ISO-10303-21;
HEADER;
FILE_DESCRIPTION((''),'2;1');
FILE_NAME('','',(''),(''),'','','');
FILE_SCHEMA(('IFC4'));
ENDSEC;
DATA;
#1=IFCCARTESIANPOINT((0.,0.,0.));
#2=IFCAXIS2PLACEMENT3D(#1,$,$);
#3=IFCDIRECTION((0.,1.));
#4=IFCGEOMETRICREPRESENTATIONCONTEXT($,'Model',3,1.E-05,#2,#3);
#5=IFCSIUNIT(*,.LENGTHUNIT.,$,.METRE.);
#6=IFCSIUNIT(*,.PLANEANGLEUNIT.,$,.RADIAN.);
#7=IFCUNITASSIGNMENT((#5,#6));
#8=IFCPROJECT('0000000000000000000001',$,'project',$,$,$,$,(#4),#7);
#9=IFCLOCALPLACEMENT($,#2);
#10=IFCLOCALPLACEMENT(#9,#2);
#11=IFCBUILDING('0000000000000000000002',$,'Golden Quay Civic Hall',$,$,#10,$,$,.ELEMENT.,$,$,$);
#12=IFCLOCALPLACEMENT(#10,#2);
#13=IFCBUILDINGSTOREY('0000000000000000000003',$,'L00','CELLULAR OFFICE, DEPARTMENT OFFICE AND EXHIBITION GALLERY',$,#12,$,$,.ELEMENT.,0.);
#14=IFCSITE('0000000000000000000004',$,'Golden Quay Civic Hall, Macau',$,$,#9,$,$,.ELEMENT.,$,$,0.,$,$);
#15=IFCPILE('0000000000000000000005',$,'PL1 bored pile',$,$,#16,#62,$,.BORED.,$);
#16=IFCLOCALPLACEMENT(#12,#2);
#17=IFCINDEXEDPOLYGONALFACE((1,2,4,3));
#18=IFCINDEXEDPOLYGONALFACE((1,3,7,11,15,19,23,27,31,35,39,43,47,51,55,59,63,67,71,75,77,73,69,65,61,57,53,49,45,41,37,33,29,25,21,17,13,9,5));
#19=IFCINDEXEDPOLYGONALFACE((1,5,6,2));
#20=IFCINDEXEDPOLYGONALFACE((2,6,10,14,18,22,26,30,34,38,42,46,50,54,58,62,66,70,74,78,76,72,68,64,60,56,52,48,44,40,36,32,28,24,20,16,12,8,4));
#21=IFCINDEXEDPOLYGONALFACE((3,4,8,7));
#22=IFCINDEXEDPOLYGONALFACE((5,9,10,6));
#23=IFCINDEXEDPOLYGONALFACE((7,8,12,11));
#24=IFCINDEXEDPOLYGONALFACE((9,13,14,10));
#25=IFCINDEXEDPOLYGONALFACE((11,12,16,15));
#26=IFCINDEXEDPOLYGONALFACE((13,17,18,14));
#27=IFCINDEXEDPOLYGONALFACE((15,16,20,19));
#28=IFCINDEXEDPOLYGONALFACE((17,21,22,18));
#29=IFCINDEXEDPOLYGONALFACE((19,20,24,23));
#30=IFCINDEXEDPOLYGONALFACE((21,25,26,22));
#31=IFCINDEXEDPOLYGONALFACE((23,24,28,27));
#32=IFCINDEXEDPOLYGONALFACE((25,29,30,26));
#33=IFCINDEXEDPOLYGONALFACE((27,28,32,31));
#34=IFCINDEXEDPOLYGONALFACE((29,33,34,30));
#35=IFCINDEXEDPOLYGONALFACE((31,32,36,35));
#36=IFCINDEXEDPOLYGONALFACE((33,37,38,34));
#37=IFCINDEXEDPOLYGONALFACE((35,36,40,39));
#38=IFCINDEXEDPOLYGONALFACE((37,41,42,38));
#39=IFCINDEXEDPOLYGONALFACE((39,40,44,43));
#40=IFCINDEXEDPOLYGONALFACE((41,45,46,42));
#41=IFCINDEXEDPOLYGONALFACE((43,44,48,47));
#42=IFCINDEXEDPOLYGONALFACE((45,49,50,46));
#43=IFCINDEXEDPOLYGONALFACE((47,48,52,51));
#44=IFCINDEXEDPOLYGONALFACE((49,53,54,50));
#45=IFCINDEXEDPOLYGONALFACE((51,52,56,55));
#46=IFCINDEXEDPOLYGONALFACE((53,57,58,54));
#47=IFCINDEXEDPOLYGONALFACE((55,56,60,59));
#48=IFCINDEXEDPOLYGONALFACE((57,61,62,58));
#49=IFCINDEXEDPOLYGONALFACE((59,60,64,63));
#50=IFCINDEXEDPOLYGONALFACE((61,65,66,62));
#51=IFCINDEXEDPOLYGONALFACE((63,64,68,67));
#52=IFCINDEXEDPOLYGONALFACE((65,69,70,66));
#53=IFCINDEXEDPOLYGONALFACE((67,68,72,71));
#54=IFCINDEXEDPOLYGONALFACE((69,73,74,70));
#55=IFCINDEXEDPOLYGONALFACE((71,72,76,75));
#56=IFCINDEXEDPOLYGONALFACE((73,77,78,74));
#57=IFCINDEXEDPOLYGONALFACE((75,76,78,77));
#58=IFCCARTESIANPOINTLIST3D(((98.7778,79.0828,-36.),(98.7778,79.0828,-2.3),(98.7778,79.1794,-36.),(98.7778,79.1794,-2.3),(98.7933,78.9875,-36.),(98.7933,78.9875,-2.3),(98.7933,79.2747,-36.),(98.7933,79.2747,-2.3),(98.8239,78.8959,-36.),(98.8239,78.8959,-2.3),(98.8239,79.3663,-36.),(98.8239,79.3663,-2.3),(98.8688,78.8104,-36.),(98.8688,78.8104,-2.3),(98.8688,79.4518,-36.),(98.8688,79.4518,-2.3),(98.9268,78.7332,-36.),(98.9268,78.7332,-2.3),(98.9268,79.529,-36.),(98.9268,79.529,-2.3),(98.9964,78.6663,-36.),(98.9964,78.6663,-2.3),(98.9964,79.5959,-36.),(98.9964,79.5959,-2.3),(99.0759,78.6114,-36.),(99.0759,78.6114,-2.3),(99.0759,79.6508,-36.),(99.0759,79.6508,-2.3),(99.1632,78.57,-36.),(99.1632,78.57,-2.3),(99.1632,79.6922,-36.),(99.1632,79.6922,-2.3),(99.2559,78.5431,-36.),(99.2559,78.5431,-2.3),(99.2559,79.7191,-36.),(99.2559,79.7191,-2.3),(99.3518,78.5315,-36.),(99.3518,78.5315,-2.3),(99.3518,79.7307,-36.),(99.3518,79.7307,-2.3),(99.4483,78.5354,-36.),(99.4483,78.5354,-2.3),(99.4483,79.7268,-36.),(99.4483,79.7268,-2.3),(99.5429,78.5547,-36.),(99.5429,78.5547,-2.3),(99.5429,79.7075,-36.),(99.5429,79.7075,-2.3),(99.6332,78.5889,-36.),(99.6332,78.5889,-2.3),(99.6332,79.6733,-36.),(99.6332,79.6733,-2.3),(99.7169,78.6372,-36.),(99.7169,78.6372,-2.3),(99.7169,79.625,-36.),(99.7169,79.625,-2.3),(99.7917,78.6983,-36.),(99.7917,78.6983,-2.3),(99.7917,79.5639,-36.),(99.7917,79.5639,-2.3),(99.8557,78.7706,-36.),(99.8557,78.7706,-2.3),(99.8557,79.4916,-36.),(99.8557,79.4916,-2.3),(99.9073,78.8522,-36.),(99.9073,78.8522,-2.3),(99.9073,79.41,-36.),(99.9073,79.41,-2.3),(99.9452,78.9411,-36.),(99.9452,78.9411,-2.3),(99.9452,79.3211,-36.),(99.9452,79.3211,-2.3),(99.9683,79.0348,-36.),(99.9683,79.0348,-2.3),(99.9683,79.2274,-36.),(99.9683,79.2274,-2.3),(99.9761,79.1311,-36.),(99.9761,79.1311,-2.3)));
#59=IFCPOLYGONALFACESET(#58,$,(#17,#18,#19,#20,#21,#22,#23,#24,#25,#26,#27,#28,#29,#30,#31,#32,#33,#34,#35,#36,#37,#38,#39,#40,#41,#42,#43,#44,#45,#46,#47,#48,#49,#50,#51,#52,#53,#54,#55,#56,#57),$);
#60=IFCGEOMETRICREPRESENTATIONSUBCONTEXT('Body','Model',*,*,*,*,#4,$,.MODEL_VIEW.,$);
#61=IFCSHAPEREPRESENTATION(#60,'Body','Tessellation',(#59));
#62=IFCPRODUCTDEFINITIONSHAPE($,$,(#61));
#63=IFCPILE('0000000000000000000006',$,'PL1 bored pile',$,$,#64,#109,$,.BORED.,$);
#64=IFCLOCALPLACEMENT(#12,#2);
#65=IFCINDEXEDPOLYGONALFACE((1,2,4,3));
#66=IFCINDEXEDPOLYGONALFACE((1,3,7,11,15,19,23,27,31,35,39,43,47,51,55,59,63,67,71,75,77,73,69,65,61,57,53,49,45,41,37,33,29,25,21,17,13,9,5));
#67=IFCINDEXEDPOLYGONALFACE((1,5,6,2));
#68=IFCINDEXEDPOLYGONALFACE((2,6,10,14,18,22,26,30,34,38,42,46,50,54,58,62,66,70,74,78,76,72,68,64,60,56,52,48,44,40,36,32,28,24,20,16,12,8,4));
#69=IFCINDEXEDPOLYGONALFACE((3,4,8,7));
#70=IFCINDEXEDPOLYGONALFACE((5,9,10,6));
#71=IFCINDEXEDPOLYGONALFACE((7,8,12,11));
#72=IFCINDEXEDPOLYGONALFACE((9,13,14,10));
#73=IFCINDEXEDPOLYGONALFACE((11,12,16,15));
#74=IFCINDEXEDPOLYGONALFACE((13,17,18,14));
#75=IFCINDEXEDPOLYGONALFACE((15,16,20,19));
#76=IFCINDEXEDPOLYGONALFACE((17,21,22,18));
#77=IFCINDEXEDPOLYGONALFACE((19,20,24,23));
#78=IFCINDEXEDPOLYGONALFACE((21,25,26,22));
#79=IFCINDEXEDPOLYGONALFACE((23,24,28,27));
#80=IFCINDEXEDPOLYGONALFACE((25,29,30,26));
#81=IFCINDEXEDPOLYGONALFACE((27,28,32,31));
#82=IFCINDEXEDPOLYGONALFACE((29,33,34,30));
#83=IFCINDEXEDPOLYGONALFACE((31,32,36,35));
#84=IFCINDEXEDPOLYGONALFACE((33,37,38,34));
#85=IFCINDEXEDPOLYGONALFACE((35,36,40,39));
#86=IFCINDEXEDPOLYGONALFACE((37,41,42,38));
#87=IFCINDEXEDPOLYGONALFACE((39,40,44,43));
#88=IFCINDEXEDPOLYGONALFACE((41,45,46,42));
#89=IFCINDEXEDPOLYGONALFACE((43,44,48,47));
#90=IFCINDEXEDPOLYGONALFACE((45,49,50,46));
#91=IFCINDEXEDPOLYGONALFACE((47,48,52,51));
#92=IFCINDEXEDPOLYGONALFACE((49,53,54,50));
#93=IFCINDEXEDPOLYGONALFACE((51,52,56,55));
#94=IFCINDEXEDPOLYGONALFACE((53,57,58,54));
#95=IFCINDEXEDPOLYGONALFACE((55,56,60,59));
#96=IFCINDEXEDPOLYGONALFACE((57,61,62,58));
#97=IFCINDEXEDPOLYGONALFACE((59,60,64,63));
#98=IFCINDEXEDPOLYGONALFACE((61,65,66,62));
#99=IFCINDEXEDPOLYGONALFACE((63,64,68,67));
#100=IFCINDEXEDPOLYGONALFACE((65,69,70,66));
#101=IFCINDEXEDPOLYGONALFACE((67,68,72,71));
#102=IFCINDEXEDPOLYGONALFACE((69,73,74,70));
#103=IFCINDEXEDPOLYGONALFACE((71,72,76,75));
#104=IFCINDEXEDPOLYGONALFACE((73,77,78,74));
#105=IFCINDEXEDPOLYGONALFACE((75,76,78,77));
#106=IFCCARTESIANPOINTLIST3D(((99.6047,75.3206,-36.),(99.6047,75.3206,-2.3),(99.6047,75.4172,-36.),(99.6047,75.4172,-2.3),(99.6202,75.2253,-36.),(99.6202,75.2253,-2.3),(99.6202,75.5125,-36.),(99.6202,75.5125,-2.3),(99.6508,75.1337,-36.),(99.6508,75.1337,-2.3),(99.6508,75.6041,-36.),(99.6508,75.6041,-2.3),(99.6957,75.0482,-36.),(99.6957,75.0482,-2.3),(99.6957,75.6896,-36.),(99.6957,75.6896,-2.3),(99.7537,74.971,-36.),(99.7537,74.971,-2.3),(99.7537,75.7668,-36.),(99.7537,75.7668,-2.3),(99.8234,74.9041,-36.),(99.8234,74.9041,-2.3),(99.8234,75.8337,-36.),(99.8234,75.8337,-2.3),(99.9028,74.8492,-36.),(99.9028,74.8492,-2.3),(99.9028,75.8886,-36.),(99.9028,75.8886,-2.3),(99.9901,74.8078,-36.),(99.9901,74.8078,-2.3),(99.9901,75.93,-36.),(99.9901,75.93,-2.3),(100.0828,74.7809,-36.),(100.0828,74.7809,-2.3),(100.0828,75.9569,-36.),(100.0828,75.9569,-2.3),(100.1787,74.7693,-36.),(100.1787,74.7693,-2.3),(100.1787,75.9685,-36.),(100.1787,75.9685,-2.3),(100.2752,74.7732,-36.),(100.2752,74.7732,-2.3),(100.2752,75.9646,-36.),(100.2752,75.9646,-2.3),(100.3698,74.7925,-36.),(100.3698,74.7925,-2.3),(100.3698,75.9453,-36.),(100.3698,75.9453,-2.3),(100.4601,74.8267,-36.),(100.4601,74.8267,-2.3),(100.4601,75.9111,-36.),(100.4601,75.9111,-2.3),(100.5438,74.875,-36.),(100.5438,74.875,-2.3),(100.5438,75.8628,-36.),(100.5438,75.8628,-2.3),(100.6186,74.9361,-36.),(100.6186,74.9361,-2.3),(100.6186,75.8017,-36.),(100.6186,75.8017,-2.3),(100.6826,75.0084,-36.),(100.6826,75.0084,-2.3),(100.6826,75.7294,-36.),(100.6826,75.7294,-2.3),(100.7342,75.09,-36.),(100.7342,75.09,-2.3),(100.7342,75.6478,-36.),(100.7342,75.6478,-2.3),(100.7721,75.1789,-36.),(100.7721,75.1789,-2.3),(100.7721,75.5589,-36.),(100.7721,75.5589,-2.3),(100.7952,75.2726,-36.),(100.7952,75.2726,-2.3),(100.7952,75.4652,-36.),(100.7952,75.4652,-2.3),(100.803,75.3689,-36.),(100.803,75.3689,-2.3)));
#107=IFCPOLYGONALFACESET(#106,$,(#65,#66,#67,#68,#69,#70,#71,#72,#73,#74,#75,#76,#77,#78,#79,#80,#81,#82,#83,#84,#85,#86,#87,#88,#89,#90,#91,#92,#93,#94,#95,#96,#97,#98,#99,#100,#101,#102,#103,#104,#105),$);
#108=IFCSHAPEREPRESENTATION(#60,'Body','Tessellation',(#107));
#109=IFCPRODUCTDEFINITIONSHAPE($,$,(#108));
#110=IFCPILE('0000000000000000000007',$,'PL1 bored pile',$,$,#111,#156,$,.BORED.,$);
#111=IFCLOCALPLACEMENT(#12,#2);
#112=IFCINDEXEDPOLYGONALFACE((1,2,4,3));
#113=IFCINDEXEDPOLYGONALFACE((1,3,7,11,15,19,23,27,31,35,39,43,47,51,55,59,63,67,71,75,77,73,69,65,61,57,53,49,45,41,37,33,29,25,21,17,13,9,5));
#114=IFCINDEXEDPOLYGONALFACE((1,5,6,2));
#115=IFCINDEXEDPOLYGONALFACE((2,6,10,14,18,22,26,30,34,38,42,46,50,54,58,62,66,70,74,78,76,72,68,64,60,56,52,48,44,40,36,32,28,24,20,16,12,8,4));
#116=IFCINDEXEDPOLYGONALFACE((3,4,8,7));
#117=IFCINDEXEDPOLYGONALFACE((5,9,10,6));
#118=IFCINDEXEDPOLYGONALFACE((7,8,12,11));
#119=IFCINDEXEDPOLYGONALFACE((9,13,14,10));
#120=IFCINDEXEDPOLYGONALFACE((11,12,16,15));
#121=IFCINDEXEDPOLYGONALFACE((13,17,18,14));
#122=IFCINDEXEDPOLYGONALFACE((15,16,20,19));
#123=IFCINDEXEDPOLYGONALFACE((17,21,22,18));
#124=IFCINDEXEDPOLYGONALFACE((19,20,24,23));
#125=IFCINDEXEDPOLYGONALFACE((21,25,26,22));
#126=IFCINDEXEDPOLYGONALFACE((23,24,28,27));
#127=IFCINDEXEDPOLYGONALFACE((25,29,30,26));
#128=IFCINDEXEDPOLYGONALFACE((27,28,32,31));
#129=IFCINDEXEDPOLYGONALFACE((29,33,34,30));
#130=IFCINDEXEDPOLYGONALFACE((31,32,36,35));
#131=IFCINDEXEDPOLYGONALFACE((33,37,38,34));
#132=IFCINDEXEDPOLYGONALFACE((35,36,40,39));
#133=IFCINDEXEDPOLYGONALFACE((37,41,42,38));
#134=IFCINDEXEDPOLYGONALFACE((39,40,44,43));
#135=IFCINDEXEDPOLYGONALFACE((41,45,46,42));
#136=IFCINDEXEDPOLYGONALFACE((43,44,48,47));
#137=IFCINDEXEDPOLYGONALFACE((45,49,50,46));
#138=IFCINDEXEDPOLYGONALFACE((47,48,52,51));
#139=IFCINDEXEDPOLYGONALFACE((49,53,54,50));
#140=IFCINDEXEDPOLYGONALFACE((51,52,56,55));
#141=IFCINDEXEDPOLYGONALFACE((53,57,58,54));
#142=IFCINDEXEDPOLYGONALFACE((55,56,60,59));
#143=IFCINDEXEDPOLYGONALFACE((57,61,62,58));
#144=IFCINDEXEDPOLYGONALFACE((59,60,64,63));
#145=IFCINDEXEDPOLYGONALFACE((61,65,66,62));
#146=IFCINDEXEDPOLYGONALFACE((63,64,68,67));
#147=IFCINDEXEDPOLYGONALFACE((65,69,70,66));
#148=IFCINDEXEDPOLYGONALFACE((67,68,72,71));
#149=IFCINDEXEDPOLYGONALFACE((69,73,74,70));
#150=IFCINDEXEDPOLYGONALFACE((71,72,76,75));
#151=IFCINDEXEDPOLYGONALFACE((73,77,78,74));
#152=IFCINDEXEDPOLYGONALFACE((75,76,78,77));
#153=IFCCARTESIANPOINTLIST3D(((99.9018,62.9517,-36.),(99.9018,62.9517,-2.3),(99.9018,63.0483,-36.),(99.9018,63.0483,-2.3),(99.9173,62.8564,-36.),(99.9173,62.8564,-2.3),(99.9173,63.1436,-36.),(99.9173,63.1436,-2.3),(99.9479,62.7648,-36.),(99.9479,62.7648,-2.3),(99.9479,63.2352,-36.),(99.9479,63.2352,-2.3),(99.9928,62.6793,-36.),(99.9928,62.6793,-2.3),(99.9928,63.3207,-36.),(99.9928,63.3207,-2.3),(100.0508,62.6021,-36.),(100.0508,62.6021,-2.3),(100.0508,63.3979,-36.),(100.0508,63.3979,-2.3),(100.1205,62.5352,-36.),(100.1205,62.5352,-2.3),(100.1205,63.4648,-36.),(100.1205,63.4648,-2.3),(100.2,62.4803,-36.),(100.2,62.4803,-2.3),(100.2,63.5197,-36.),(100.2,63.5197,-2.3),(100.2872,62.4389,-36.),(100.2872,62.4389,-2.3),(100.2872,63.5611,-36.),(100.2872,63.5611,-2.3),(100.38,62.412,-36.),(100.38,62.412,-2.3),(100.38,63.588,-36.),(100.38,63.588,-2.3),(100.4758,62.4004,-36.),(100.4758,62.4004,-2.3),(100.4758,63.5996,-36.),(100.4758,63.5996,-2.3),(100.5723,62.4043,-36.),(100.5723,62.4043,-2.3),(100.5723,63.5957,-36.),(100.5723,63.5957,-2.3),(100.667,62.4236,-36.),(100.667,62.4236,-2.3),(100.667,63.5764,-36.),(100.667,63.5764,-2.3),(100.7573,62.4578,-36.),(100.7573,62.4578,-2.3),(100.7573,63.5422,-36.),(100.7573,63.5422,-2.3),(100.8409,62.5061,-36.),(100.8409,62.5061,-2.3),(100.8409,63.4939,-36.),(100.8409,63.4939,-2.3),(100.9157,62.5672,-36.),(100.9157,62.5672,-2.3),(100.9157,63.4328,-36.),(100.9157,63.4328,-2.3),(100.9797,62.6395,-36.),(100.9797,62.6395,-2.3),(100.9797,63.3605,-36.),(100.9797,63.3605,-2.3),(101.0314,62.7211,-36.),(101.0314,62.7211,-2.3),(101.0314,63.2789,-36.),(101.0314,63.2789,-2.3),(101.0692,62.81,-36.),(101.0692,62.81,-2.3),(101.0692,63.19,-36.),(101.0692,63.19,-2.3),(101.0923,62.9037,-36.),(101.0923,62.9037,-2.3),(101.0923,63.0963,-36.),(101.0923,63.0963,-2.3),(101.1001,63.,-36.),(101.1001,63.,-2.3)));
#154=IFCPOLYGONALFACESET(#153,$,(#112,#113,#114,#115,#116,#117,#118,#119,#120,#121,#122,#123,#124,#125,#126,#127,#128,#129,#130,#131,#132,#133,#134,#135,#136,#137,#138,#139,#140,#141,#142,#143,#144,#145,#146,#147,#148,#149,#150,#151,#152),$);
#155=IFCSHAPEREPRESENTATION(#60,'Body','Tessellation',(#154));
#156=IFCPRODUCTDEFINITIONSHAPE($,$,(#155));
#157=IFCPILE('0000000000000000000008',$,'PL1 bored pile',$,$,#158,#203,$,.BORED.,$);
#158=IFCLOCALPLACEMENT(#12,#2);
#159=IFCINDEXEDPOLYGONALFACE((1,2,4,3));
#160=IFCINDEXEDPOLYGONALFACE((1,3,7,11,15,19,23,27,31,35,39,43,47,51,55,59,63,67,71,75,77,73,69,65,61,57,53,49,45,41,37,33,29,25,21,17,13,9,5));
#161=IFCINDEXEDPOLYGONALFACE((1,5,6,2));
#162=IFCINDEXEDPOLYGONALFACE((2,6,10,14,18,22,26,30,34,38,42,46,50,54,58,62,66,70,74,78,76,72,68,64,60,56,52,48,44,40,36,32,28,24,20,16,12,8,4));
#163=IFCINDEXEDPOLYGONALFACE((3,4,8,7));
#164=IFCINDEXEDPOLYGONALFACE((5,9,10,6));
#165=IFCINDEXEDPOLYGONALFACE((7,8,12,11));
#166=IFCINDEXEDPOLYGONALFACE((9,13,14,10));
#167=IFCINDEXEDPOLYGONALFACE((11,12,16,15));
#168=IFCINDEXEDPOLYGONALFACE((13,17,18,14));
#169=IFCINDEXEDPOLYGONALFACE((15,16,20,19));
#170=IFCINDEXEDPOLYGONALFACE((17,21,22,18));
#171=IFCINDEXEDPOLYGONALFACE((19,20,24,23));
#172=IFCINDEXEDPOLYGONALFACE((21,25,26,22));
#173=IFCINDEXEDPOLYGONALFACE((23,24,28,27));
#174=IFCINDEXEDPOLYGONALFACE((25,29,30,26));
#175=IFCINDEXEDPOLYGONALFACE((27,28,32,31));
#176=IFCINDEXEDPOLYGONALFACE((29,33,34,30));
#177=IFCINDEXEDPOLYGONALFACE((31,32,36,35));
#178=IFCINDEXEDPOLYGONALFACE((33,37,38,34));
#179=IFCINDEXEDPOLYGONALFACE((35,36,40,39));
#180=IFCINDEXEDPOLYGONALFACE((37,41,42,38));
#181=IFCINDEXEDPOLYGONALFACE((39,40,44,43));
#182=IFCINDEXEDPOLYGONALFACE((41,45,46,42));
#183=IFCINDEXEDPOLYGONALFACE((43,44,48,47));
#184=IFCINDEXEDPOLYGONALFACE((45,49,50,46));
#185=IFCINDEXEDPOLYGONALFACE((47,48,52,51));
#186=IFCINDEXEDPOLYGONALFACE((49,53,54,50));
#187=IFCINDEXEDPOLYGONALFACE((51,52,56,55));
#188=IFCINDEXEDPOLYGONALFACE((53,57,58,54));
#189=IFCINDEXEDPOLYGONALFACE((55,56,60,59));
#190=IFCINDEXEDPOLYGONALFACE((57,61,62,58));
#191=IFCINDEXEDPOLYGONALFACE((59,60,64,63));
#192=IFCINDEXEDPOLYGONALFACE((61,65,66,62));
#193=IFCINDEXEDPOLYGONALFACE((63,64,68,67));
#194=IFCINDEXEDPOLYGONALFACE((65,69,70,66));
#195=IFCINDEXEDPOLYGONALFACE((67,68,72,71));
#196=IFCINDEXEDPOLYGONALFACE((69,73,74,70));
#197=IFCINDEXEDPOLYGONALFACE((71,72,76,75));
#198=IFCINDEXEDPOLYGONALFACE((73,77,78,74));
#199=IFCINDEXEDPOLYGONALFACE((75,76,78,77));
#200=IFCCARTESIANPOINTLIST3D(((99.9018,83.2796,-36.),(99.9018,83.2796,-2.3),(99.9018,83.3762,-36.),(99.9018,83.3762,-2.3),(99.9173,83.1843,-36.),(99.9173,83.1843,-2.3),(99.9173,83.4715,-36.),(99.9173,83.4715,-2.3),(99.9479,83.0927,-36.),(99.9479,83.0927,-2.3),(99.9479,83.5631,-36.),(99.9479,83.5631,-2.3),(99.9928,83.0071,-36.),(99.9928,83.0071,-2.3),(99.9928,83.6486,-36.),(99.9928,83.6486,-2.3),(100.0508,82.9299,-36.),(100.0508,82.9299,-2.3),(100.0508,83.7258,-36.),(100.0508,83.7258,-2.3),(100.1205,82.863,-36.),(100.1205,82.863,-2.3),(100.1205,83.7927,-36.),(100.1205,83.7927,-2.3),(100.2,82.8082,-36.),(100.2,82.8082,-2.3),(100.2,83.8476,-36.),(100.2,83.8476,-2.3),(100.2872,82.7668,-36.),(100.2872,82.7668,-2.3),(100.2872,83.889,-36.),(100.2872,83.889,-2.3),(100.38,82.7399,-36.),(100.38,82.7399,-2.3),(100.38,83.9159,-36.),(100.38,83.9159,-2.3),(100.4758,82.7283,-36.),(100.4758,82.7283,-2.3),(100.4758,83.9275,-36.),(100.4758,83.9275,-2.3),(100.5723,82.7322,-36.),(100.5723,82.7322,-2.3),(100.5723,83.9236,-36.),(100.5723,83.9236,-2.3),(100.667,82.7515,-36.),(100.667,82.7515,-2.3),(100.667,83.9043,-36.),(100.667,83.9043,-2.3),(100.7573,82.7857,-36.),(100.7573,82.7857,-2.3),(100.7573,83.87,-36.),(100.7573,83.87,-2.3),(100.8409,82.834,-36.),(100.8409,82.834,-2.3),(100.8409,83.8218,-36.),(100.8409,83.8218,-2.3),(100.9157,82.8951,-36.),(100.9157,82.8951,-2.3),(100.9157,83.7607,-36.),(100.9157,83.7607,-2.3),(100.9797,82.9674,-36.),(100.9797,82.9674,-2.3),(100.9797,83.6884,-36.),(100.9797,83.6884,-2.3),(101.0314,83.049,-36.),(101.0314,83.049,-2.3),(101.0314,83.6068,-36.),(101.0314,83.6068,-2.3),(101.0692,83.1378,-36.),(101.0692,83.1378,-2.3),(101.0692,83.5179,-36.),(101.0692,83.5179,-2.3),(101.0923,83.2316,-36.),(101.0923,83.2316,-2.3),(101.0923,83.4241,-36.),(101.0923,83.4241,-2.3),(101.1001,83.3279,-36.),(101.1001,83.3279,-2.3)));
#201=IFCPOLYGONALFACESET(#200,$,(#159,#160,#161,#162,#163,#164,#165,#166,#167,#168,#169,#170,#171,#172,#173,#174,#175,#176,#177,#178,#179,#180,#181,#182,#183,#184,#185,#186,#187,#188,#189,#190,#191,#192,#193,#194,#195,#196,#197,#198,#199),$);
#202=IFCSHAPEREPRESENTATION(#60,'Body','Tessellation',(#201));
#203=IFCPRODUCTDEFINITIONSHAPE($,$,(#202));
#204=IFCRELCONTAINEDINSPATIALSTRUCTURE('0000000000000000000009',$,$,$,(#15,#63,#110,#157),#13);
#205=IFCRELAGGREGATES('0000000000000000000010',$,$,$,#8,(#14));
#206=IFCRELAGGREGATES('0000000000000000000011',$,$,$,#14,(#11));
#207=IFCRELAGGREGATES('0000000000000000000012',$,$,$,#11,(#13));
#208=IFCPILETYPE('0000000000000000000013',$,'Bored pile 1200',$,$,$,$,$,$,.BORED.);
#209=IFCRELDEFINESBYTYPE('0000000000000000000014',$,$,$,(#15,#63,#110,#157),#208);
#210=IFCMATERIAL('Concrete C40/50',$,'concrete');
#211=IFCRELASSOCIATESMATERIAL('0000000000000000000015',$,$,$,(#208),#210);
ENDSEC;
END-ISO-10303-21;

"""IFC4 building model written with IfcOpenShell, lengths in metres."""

from ifc_helpers import new_model, si_unit, direction, frame, origin, origin_2d, place, context, subcontext, project, spatial, circle, extrude, material, material_profile, profile_set, type_object, element, save


model = new_model("IFC4")

# Units and contexts
model_context = context("Model", 3, precision=1e-05, world=origin(), true_north=direction((0.0, 1.0)))
body_context = subcontext(model_context, "Body", "Model", "MODEL_VIEW")
ifc_project = project(units=[si_unit("LENGTHUNIT", "METRE"), si_unit("PLANEANGLEUNIT", "RADIAN")], contexts=[model_context])

# Site, building, storey
site_placement = place(None, origin())
site = spatial("IfcSite", under=ifc_project, at=site_placement, Name="Golden Quay Civic Hall, Macau", CompositionType="ELEMENT", RefElevation=0.0)
building_placement = place(site_placement, origin())
building = spatial("IfcBuilding", under=site, at=building_placement, Name="Golden Quay Civic Hall", CompositionType="ELEMENT")
storey_placement = place(building_placement, origin())
storey = spatial("IfcBuildingStorey", under=building, at=storey_placement, Name="L00", Description="CELLULAR OFFICE, DEPARTMENT OFFICE AND EXHIBITION GALLERY", CompositionType="ELEMENT", Elevation=0.0)

# Piles
ifc_material_1 = material(Name="Concrete C40/50", Category="concrete")
ifc_material_profile_1 = material_profile(ifc_material_1, circle(Radius=0.6001, at=origin_2d()), Name="RC D1200")
ifc_profile_set_1 = profile_set([ifc_material_profile_1], Name="Concrete C40/50")
pile_type_1 = type_object("IfcPileType", Name="Bored pile 1200", PredefinedType="BORED", material=ifc_profile_set_1)
for number, where, z_axis, x_axis, name in (
    (1, (99.376, 79.1311, -2.3), (0.0, 0.0, -1.0), (1.0, 0.0, 0.0), "PL1 bored pile"),
    (2, (100.2029, 75.3689, -2.3), (0.0, 0.0, -1.0), (1.0, 0.0, 0.0), "PL1 bored pile"),
    (3, (100.5, 63.0, -2.3), (0.0, 0.0, -1.0), (1.0, 0.0, 0.0), "PL1 bored pile"),
    (4, (100.5, 83.3279, -2.3), (0.0, 0.0, -1.0), (1.0, 0.0, 0.0), "PL1 bored pile"),
):
    element("IfcPile", number, at=place(storey_placement, frame(where, z_axis=z_axis, x_axis=x_axis)), inside=storey, type_object=pile_type_1, Name=name, PredefinedType="BORED", context=body_context, shape_type="SweptSolid", body=[
        extrude(circle(Radius=0.6001, at=origin_2d()), origin(), (0.0, 0.0, 1.0), 33.7),
    ])

save(model, "model.ifc")
